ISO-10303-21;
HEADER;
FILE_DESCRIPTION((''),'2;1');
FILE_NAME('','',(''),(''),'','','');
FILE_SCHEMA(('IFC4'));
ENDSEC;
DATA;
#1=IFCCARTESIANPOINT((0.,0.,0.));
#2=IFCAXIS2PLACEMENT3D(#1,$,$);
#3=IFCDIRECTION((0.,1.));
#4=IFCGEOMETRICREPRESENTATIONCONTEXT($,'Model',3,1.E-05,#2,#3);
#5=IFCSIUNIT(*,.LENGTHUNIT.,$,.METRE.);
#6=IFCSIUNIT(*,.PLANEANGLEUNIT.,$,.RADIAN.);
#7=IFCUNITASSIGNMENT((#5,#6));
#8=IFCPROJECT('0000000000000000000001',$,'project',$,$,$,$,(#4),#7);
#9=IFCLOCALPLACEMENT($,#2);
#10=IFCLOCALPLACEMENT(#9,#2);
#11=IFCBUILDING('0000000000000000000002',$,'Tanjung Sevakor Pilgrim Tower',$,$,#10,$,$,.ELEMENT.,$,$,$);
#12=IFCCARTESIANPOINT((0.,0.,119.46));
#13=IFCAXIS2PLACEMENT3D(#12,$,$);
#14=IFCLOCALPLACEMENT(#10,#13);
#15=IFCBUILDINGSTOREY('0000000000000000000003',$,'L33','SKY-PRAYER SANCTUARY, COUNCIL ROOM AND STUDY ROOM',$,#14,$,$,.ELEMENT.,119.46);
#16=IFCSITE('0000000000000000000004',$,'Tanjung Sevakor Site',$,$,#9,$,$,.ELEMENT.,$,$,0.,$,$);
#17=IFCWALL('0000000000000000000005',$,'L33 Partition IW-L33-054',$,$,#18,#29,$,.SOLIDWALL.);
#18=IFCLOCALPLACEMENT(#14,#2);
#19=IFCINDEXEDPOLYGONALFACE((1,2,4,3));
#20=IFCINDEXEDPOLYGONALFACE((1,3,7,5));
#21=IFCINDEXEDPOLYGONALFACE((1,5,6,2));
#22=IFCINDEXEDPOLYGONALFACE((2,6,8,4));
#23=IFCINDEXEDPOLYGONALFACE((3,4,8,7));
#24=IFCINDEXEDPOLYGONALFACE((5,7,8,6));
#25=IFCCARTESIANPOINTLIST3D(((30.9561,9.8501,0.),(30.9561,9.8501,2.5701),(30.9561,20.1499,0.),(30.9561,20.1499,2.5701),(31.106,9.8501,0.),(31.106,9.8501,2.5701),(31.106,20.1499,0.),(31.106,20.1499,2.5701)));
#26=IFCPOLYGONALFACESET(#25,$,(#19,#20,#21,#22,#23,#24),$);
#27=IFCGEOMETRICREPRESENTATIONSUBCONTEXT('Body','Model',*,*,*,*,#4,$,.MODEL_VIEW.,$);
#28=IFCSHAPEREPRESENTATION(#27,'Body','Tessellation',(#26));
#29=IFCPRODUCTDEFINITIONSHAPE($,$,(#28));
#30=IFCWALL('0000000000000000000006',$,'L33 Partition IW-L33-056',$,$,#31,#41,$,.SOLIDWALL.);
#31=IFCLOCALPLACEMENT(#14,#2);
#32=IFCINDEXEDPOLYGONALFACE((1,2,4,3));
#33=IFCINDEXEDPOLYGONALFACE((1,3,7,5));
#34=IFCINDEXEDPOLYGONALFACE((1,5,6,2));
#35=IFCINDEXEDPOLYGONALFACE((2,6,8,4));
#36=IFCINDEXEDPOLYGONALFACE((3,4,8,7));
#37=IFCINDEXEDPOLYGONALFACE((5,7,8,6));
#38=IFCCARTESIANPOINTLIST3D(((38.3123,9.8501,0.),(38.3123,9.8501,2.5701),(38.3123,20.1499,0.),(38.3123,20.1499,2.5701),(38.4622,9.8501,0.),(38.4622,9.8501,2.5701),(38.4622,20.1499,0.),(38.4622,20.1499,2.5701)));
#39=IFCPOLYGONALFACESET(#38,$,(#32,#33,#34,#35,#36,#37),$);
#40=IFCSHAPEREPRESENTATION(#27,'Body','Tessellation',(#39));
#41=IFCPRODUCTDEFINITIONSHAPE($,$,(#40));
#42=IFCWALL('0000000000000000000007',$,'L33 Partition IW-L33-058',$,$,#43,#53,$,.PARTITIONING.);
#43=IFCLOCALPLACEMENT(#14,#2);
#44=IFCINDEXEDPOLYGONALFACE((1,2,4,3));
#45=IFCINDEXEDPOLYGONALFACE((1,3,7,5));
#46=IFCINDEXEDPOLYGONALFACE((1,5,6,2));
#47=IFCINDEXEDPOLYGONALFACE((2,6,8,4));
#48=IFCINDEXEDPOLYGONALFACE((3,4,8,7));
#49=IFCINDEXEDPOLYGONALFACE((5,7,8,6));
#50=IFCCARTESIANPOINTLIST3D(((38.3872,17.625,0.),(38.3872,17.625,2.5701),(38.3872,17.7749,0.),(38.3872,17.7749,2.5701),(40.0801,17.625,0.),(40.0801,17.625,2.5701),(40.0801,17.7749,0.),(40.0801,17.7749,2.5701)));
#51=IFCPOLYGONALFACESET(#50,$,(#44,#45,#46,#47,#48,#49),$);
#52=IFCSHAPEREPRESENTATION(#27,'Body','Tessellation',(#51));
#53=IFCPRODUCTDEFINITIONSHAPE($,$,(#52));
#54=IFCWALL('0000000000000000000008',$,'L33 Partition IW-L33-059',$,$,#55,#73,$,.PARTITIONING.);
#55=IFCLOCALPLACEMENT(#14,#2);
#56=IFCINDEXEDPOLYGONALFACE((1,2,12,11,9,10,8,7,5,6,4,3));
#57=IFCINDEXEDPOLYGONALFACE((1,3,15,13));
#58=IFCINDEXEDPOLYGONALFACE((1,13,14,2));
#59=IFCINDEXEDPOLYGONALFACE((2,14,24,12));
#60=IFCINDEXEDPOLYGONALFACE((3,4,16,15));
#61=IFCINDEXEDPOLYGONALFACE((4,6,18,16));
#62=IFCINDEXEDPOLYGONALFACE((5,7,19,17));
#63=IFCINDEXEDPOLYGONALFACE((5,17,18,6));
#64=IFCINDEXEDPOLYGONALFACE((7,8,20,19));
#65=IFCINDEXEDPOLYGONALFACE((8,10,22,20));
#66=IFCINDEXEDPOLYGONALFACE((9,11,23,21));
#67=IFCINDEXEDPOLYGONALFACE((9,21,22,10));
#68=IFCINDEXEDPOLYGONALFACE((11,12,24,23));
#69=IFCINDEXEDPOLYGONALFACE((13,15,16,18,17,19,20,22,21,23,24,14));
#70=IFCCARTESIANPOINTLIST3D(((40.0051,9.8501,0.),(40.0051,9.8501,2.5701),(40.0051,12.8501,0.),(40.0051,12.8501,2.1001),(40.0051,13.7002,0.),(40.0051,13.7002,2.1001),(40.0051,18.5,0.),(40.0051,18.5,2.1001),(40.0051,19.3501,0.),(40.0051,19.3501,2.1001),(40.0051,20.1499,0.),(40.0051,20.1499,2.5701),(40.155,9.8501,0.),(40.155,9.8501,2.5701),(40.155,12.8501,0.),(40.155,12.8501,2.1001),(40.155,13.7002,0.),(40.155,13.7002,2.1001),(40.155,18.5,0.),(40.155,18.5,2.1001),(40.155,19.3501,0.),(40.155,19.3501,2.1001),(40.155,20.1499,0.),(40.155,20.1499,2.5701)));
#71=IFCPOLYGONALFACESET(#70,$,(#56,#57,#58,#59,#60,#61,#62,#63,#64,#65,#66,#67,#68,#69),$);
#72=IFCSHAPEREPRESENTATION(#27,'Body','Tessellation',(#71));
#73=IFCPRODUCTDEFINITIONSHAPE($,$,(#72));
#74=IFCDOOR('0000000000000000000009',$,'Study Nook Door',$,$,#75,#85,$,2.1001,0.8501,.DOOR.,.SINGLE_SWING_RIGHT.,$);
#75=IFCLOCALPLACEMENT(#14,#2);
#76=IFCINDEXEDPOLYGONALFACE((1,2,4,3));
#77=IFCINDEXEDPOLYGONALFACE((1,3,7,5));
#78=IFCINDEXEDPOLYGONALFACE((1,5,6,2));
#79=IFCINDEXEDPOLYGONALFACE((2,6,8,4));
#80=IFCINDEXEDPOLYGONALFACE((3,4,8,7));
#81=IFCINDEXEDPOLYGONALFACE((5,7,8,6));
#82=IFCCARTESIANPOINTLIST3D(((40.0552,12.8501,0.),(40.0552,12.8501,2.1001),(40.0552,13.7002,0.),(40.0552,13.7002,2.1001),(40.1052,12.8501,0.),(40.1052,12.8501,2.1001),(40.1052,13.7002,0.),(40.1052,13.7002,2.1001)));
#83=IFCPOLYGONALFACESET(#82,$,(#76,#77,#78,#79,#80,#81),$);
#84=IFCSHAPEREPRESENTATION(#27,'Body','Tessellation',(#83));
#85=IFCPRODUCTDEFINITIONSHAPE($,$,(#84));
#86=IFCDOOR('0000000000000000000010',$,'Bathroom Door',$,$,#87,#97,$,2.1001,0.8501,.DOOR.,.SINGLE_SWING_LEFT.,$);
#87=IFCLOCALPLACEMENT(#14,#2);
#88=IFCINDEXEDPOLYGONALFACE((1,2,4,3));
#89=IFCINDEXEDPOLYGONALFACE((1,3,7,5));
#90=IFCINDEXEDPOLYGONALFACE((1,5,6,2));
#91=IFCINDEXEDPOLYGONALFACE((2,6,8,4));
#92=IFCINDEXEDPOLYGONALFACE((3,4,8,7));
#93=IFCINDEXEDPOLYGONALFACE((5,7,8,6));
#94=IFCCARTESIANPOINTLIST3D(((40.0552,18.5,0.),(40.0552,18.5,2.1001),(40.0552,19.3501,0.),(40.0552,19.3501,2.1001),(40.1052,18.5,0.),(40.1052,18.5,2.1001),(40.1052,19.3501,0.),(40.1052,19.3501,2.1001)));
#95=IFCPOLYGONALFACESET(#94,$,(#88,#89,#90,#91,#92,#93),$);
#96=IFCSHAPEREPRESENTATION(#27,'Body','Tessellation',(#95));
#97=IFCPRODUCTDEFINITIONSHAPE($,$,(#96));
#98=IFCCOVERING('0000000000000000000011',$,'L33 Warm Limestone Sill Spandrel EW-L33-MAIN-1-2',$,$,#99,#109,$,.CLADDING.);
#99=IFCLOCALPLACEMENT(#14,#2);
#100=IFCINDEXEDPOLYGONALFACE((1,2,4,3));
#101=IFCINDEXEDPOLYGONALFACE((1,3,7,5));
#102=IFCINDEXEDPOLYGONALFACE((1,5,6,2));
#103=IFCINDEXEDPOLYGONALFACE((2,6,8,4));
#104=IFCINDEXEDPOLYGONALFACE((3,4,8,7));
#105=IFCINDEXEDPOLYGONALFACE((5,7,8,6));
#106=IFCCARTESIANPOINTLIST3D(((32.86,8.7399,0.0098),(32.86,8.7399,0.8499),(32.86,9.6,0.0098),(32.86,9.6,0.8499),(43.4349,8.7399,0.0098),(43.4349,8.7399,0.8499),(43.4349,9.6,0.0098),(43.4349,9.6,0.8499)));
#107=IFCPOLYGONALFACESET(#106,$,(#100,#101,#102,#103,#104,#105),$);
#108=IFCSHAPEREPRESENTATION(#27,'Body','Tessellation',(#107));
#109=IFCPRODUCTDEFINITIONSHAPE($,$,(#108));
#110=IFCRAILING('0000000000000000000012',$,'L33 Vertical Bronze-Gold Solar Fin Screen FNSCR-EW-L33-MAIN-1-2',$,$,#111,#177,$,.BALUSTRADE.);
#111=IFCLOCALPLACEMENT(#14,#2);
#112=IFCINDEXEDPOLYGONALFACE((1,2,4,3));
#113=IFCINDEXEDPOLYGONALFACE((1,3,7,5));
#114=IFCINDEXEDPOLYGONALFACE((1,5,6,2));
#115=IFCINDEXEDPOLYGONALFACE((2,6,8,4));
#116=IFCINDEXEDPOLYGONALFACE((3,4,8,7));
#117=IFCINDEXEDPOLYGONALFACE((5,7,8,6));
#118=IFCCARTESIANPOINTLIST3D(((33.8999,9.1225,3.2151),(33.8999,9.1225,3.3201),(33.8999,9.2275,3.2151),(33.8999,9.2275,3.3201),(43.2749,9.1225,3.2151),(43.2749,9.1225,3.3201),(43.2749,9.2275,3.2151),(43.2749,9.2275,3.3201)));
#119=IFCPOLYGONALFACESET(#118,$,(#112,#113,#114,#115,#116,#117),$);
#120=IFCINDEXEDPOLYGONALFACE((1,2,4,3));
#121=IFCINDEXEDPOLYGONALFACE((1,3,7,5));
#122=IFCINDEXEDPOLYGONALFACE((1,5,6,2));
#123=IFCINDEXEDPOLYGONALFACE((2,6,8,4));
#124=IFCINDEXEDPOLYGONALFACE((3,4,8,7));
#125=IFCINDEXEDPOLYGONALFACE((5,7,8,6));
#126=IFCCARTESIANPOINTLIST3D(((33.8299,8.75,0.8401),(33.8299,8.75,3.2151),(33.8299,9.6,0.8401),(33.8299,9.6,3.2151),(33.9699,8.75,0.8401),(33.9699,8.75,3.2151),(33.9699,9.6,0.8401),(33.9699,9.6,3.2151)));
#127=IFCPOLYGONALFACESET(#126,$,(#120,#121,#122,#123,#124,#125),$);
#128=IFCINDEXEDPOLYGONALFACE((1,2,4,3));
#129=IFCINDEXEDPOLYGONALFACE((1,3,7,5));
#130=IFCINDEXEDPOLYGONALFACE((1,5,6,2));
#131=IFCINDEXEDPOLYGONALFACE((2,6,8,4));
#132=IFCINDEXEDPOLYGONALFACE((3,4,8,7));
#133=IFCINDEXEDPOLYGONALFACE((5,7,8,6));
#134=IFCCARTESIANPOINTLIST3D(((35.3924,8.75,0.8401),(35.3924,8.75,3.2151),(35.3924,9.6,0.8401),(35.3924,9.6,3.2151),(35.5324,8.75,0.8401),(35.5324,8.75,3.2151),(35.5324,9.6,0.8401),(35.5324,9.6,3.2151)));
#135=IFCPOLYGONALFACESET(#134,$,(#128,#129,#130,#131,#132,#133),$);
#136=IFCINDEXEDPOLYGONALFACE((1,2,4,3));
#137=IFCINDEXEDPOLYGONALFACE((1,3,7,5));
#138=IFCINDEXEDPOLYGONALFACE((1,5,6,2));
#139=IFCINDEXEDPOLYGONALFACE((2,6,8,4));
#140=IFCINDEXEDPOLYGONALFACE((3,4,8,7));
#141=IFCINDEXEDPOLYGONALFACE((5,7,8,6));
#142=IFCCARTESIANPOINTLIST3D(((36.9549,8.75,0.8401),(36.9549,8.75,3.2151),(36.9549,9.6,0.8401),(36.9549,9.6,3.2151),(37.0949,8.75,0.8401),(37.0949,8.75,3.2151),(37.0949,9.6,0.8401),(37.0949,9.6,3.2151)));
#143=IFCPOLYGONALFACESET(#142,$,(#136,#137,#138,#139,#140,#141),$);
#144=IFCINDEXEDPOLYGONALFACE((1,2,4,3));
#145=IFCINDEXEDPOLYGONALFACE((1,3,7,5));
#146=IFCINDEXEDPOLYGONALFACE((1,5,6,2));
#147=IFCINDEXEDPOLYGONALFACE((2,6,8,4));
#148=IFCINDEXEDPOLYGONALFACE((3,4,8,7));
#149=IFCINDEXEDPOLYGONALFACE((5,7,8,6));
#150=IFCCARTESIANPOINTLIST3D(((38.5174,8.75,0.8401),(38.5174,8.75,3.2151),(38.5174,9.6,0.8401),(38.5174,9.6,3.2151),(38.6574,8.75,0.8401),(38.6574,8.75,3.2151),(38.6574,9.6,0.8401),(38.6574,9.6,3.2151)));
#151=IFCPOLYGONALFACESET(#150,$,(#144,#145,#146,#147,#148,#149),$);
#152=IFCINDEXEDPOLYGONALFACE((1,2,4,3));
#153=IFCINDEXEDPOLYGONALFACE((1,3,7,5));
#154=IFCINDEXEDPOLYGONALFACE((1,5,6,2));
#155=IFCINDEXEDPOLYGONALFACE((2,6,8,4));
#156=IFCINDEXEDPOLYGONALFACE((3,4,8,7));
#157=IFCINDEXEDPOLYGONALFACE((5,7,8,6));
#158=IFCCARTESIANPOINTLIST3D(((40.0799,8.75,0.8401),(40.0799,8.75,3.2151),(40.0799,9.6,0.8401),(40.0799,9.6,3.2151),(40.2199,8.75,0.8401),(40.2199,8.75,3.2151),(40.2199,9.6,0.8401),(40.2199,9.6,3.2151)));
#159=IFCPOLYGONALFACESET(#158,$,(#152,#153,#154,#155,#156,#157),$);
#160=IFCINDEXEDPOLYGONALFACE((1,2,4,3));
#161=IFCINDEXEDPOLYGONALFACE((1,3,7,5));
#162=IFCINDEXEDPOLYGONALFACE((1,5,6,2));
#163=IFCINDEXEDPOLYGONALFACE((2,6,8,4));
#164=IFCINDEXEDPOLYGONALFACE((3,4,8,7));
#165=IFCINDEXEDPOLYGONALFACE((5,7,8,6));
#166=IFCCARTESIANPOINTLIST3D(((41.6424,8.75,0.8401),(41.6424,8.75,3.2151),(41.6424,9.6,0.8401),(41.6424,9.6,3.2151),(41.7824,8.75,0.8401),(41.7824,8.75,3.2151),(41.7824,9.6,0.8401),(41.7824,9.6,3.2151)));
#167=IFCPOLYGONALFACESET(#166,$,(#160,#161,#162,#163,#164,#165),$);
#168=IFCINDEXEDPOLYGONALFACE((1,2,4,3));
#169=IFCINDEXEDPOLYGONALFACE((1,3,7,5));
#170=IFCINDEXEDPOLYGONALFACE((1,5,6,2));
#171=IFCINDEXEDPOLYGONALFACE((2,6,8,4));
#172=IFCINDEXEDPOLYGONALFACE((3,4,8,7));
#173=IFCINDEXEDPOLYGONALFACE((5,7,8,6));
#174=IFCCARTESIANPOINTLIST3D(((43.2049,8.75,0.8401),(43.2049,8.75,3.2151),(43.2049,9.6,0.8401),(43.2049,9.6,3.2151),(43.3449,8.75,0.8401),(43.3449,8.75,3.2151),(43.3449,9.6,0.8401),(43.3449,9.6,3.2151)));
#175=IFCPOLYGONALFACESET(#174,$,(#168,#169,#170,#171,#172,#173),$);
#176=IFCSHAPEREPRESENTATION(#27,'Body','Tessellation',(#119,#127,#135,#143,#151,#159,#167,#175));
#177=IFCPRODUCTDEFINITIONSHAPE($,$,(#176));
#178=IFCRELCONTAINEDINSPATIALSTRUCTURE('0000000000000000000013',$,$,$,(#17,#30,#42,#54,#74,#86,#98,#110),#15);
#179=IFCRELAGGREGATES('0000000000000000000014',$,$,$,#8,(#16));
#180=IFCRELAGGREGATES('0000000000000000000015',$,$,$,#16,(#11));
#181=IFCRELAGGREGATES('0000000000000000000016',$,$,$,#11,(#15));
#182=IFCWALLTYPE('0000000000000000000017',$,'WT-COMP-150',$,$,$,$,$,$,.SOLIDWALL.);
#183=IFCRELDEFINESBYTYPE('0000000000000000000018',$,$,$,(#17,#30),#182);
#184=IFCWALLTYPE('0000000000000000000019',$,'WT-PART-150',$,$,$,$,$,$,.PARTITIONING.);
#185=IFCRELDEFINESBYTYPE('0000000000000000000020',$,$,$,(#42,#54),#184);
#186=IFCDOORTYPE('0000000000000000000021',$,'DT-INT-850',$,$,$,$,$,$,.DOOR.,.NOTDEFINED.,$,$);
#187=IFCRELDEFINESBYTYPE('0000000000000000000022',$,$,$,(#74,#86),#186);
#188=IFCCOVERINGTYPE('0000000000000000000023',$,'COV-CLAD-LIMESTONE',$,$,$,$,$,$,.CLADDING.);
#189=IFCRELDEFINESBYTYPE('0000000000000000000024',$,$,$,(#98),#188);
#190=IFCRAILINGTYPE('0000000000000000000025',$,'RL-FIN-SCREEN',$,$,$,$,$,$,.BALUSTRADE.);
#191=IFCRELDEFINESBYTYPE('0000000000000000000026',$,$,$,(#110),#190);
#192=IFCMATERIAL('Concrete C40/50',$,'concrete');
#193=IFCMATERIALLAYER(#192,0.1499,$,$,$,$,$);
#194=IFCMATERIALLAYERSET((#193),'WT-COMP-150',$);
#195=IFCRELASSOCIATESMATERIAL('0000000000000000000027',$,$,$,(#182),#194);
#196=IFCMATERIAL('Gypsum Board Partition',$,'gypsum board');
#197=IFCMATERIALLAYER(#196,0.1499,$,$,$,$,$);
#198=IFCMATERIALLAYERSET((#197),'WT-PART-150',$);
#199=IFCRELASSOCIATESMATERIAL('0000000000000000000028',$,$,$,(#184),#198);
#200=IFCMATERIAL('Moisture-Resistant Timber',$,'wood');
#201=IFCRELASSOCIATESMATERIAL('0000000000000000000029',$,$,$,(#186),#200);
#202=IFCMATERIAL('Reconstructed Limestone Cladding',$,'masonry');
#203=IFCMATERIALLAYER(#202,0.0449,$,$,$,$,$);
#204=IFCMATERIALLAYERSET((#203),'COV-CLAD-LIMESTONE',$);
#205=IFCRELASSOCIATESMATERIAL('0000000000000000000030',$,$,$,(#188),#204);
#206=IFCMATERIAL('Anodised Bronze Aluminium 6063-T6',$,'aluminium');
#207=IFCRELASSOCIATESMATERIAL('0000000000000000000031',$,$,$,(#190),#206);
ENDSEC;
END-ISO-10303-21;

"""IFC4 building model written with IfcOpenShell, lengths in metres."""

from ifc_helpers import new_model, si_unit, direction, frame, frame_2d, origin, origin_2d, place, context, subcontext, project, spatial, rectangle, extrude, material, layer, layer_set, type_object, element, fill, save


model = new_model("IFC4")

# Units and contexts
model_context = context("Model", 3, precision=1e-05, world=origin(), true_north=direction((0.0, 1.0)))
body_context = subcontext(model_context, "Body", "Model", "MODEL_VIEW")
ifc_project = project(units=[si_unit("LENGTHUNIT", "METRE"), si_unit("PLANEANGLEUNIT", "RADIAN")], contexts=[model_context])

# Site, building, storey
site_placement = place(None, origin())
site = spatial("IfcSite", under=ifc_project, at=site_placement, Name="Tanjung Sevakor Site", CompositionType="ELEMENT", RefElevation=0.0)
building_placement = place(site_placement, origin())
building = spatial("IfcBuilding", under=site, at=building_placement, Name="Tanjung Sevakor Pilgrim Tower", CompositionType="ELEMENT")
storey_placement = place(building_placement, frame((0.0, 0.0, 119.46)))
storey = spatial("IfcBuildingStorey", under=building, at=storey_placement, Name="L33", Description="SKY-PRAYER SANCTUARY, COUNCIL ROOM AND STUDY ROOM", CompositionType="ELEMENT", Elevation=119.46)

# Walls
ifc_material_1 = material(Name="Concrete C40/50", Category="concrete")
ifc_layer_1 = layer(ifc_material_1, 0.1499)
ifc_layer_set_1 = layer_set([ifc_layer_1], Name="WT-COMP-150")
wall_type_1 = type_object("IfcWallType", Name="WT-COMP-150", PredefinedType="SOLIDWALL", material=ifc_layer_set_1)
for number, where, z_axis, x_axis, name in (
    (1, (31.031, 9.8501, 0.0), (0.0, 0.0, 1.0), (0.0, 1.0, 0.0), "L33 Partition IW-L33-054"),
    (2, (38.3872, 9.8501, 0.0), (0.0, 0.0, 1.0), (0.0, 1.0, 0.0), "L33 Partition IW-L33-056"),
):
    element("IfcWall", number, at=place(storey_placement, frame(where, z_axis=z_axis, x_axis=x_axis)), inside=storey, type_object=wall_type_1, Name=name, PredefinedType="SOLIDWALL", context=body_context, shape_type="SweptSolid", body=[
        extrude(rectangle(XDim=10.2998, YDim=0.1499, at=frame_2d((5.1499, 0.0))), origin(), (0.0, 0.0, 1.0), 2.5701),
    ])
ifc_material_2 = material(Name="Gypsum Board Partition", Category="gypsum board")
ifc_layer_2 = layer(ifc_material_2, 0.1499)
ifc_layer_set_2 = layer_set([ifc_layer_2], Name="WT-PART-150")
wall_type_2 = type_object("IfcWallType", Name="WT-PART-150", PredefinedType="PARTITIONING", material=ifc_layer_set_2)
wall_1_placement = place(storey_placement, frame((38.3872, 17.7, 0.0), z_axis=(0.0, 0.0, 1.0), x_axis=(1.0, 0.0, 0.0)))
element("IfcWall", 3, at=wall_1_placement, inside=storey, type_object=wall_type_2, Name="L33 Partition IW-L33-058", PredefinedType="PARTITIONING", context=body_context, shape_type="SweptSolid", body=[
    extrude(rectangle(XDim=1.6929, YDim=0.1499, at=frame_2d((0.8464, 0.0))), origin(), (0.0, 0.0, 1.0), 2.5701),
])

# Wall, openings, doors
wall_2_placement = place(storey_placement, frame((40.0801, 9.8501, 0.0), z_axis=(0.0, 0.0, 1.0), x_axis=(0.0, 1.0, 0.0)))
wall_2 = element("IfcWall", 4, at=wall_2_placement, inside=storey, type_object=wall_type_2, Name="L33 Partition IW-L33-059", PredefinedType="PARTITIONING", context=body_context, shape_type="SweptSolid", body=[
    extrude(rectangle(XDim=10.2998, YDim=0.1499, at=frame_2d((5.1499, 0.0))), origin(), (0.0, 0.0, 1.0), 2.5701),
])
opening_1_placement = place(wall_2_placement, frame((3.0, 0.0, 0.0)))
opening_1 = element("IfcOpeningElement", 5, at=opening_1_placement, cuts=wall_2, PredefinedType="OPENING", context=body_context, shape_type="SweptSolid", body=[
    extrude(rectangle(XDim=0.8501, YDim=2.1001, at=frame_2d((0.425, 1.05))), frame((0.0, 0.085, 0.0), z_axis=(0.0, -1.0, 0.0), x_axis=(1.0, 0.0, 0.0)), (0.0, 0.0, 1.0), 0.1699),
])
opening_2_placement = place(wall_2_placement, frame((8.6499, 0.0, 0.0)))
opening_2 = element("IfcOpeningElement", 6, at=opening_2_placement, cuts=wall_2, PredefinedType="OPENING", context=body_context, shape_type="SweptSolid", body=[
    extrude(rectangle(XDim=0.8501, YDim=2.1001, at=frame_2d((0.425, 1.05))), frame((0.0, 0.085, 0.0), z_axis=(0.0, -1.0, 0.0), x_axis=(1.0, 0.0, 0.0)), (0.0, 0.0, 1.0), 0.1699),
])
ifc_material_3 = material(Name="Moisture-Resistant Timber", Category="wood")
door_type = type_object("IfcDoorType", Name="DT-INT-850", OperationType="NOTDEFINED", PredefinedType="DOOR", material=ifc_material_3)
door_1_placement = place(opening_1_placement, origin())
door_1 = element("IfcDoor", 7, at=door_1_placement, inside=storey, type_object=door_type, Name="Study Nook Door", OperationType="SINGLE_SWING_RIGHT", OverallHeight=2.1001, OverallWidth=0.8501, PredefinedType="DOOR", context=body_context, shape_type="SweptSolid", body=[
    extrude(rectangle(XDim=0.8501, YDim=2.1001, at=frame_2d((0.425, 1.05))), frame((0.0, 0.0249, 0.0), z_axis=(0.0, -1.0, 0.0), x_axis=(1.0, 0.0, 0.0)), (0.0, 0.0, 1.0), 0.05),
])
fill(opening_1, door_1)
door_2_placement = place(opening_2_placement, origin())
door_2 = element("IfcDoor", 8, at=door_2_placement, inside=storey, type_object=door_type, Name="Bathroom Door", OperationType="SINGLE_SWING_LEFT", OverallHeight=2.1001, OverallWidth=0.8501, PredefinedType="DOOR", context=body_context, shape_type="SweptSolid", body=[
    extrude(rectangle(XDim=0.8501, YDim=2.1001, at=frame_2d((0.425, 1.05))), frame((0.0, 0.0249, 0.0), z_axis=(0.0, -1.0, 0.0), x_axis=(1.0, 0.0, 0.0)), (0.0, 0.0, 1.0), 0.05),
])
fill(opening_2, door_2)

# Covering
ifc_material_4 = material(Name="Reconstructed Limestone Cladding", Category="masonry")
ifc_layer_3 = layer(ifc_material_4, 0.0449)
ifc_layer_set_3 = layer_set([ifc_layer_3], Name="COV-CLAD-LIMESTONE")
covering_type = type_object("IfcCoveringType", Name="COV-CLAD-LIMESTONE", PredefinedType="CLADDING", material=ifc_layer_set_3)
covering_placement = place(storey_placement, frame((38.1475, 9.1699, 0.0098), z_axis=(0.0, 0.0, 1.0), x_axis=(1.0, 0.0, 0.0)))
element("IfcCovering", 9, at=covering_placement, inside=storey, type_object=covering_type, Name="L33 Warm Limestone Sill Spandrel EW-L33-MAIN-1-2", PredefinedType="CLADDING", context=body_context, shape_type="SweptSolid", body=[
    extrude(rectangle(XDim=10.575, YDim=0.8601, at=origin_2d()), origin(), (0.0, 0.0, 1.0), 0.8401),
])

# Railing
ifc_material_5 = material(Name="Anodised Bronze Aluminium 6063-T6", Category="aluminium")
railing_type = type_object("IfcRailingType", Name="RL-FIN-SCREEN", PredefinedType="BALUSTRADE", material=ifc_material_5)
railing_placement = place(storey_placement, frame((33.8999, 9.175, 0.8401)))
element("IfcRailing", 10, at=railing_placement, inside=storey, type_object=railing_type, Name="L33 Vertical Bronze-Gold Solar Fin Screen FNSCR-EW-L33-MAIN-1-2", PredefinedType="BALUSTRADE", context=body_context, shape_type="SweptSolid", body=[
    extrude(rectangle(XDim=0.105, YDim=0.105), frame((0.0, 0.0, 2.4275), z_axis=(1.0, 0.0, 0.0), x_axis=(0.0, 1.0, 0.0)), (0.0, 0.0, 1.0), 9.375),
    extrude(rectangle(XDim=0.14, YDim=0.85), origin(), (0.0, 0.0, 1.0), 2.375),
    extrude(rectangle(XDim=0.14, YDim=0.85), frame((1.5625, 0.0, 0.0)), (0.0, 0.0, 1.0), 2.375),
    extrude(rectangle(XDim=0.14, YDim=0.85), frame((3.125, 0.0, 0.0)), (0.0, 0.0, 1.0), 2.375),
    extrude(rectangle(XDim=0.14, YDim=0.85), frame((4.6875, 0.0, 0.0)), (0.0, 0.0, 1.0), 2.375),
    extrude(rectangle(XDim=0.14, YDim=0.85), frame((6.25, 0.0, 0.0)), (0.0, 0.0, 1.0), 2.375),
    extrude(rectangle(XDim=0.14, YDim=0.85), frame((7.8125, 0.0, 0.0)), (0.0, 0.0, 1.0), 2.375),
    extrude(rectangle(XDim=0.14, YDim=0.85), frame((9.375, 0.0, 0.0)), (0.0, 0.0, 1.0), 2.375),
])

save(model, "model.ifc")
